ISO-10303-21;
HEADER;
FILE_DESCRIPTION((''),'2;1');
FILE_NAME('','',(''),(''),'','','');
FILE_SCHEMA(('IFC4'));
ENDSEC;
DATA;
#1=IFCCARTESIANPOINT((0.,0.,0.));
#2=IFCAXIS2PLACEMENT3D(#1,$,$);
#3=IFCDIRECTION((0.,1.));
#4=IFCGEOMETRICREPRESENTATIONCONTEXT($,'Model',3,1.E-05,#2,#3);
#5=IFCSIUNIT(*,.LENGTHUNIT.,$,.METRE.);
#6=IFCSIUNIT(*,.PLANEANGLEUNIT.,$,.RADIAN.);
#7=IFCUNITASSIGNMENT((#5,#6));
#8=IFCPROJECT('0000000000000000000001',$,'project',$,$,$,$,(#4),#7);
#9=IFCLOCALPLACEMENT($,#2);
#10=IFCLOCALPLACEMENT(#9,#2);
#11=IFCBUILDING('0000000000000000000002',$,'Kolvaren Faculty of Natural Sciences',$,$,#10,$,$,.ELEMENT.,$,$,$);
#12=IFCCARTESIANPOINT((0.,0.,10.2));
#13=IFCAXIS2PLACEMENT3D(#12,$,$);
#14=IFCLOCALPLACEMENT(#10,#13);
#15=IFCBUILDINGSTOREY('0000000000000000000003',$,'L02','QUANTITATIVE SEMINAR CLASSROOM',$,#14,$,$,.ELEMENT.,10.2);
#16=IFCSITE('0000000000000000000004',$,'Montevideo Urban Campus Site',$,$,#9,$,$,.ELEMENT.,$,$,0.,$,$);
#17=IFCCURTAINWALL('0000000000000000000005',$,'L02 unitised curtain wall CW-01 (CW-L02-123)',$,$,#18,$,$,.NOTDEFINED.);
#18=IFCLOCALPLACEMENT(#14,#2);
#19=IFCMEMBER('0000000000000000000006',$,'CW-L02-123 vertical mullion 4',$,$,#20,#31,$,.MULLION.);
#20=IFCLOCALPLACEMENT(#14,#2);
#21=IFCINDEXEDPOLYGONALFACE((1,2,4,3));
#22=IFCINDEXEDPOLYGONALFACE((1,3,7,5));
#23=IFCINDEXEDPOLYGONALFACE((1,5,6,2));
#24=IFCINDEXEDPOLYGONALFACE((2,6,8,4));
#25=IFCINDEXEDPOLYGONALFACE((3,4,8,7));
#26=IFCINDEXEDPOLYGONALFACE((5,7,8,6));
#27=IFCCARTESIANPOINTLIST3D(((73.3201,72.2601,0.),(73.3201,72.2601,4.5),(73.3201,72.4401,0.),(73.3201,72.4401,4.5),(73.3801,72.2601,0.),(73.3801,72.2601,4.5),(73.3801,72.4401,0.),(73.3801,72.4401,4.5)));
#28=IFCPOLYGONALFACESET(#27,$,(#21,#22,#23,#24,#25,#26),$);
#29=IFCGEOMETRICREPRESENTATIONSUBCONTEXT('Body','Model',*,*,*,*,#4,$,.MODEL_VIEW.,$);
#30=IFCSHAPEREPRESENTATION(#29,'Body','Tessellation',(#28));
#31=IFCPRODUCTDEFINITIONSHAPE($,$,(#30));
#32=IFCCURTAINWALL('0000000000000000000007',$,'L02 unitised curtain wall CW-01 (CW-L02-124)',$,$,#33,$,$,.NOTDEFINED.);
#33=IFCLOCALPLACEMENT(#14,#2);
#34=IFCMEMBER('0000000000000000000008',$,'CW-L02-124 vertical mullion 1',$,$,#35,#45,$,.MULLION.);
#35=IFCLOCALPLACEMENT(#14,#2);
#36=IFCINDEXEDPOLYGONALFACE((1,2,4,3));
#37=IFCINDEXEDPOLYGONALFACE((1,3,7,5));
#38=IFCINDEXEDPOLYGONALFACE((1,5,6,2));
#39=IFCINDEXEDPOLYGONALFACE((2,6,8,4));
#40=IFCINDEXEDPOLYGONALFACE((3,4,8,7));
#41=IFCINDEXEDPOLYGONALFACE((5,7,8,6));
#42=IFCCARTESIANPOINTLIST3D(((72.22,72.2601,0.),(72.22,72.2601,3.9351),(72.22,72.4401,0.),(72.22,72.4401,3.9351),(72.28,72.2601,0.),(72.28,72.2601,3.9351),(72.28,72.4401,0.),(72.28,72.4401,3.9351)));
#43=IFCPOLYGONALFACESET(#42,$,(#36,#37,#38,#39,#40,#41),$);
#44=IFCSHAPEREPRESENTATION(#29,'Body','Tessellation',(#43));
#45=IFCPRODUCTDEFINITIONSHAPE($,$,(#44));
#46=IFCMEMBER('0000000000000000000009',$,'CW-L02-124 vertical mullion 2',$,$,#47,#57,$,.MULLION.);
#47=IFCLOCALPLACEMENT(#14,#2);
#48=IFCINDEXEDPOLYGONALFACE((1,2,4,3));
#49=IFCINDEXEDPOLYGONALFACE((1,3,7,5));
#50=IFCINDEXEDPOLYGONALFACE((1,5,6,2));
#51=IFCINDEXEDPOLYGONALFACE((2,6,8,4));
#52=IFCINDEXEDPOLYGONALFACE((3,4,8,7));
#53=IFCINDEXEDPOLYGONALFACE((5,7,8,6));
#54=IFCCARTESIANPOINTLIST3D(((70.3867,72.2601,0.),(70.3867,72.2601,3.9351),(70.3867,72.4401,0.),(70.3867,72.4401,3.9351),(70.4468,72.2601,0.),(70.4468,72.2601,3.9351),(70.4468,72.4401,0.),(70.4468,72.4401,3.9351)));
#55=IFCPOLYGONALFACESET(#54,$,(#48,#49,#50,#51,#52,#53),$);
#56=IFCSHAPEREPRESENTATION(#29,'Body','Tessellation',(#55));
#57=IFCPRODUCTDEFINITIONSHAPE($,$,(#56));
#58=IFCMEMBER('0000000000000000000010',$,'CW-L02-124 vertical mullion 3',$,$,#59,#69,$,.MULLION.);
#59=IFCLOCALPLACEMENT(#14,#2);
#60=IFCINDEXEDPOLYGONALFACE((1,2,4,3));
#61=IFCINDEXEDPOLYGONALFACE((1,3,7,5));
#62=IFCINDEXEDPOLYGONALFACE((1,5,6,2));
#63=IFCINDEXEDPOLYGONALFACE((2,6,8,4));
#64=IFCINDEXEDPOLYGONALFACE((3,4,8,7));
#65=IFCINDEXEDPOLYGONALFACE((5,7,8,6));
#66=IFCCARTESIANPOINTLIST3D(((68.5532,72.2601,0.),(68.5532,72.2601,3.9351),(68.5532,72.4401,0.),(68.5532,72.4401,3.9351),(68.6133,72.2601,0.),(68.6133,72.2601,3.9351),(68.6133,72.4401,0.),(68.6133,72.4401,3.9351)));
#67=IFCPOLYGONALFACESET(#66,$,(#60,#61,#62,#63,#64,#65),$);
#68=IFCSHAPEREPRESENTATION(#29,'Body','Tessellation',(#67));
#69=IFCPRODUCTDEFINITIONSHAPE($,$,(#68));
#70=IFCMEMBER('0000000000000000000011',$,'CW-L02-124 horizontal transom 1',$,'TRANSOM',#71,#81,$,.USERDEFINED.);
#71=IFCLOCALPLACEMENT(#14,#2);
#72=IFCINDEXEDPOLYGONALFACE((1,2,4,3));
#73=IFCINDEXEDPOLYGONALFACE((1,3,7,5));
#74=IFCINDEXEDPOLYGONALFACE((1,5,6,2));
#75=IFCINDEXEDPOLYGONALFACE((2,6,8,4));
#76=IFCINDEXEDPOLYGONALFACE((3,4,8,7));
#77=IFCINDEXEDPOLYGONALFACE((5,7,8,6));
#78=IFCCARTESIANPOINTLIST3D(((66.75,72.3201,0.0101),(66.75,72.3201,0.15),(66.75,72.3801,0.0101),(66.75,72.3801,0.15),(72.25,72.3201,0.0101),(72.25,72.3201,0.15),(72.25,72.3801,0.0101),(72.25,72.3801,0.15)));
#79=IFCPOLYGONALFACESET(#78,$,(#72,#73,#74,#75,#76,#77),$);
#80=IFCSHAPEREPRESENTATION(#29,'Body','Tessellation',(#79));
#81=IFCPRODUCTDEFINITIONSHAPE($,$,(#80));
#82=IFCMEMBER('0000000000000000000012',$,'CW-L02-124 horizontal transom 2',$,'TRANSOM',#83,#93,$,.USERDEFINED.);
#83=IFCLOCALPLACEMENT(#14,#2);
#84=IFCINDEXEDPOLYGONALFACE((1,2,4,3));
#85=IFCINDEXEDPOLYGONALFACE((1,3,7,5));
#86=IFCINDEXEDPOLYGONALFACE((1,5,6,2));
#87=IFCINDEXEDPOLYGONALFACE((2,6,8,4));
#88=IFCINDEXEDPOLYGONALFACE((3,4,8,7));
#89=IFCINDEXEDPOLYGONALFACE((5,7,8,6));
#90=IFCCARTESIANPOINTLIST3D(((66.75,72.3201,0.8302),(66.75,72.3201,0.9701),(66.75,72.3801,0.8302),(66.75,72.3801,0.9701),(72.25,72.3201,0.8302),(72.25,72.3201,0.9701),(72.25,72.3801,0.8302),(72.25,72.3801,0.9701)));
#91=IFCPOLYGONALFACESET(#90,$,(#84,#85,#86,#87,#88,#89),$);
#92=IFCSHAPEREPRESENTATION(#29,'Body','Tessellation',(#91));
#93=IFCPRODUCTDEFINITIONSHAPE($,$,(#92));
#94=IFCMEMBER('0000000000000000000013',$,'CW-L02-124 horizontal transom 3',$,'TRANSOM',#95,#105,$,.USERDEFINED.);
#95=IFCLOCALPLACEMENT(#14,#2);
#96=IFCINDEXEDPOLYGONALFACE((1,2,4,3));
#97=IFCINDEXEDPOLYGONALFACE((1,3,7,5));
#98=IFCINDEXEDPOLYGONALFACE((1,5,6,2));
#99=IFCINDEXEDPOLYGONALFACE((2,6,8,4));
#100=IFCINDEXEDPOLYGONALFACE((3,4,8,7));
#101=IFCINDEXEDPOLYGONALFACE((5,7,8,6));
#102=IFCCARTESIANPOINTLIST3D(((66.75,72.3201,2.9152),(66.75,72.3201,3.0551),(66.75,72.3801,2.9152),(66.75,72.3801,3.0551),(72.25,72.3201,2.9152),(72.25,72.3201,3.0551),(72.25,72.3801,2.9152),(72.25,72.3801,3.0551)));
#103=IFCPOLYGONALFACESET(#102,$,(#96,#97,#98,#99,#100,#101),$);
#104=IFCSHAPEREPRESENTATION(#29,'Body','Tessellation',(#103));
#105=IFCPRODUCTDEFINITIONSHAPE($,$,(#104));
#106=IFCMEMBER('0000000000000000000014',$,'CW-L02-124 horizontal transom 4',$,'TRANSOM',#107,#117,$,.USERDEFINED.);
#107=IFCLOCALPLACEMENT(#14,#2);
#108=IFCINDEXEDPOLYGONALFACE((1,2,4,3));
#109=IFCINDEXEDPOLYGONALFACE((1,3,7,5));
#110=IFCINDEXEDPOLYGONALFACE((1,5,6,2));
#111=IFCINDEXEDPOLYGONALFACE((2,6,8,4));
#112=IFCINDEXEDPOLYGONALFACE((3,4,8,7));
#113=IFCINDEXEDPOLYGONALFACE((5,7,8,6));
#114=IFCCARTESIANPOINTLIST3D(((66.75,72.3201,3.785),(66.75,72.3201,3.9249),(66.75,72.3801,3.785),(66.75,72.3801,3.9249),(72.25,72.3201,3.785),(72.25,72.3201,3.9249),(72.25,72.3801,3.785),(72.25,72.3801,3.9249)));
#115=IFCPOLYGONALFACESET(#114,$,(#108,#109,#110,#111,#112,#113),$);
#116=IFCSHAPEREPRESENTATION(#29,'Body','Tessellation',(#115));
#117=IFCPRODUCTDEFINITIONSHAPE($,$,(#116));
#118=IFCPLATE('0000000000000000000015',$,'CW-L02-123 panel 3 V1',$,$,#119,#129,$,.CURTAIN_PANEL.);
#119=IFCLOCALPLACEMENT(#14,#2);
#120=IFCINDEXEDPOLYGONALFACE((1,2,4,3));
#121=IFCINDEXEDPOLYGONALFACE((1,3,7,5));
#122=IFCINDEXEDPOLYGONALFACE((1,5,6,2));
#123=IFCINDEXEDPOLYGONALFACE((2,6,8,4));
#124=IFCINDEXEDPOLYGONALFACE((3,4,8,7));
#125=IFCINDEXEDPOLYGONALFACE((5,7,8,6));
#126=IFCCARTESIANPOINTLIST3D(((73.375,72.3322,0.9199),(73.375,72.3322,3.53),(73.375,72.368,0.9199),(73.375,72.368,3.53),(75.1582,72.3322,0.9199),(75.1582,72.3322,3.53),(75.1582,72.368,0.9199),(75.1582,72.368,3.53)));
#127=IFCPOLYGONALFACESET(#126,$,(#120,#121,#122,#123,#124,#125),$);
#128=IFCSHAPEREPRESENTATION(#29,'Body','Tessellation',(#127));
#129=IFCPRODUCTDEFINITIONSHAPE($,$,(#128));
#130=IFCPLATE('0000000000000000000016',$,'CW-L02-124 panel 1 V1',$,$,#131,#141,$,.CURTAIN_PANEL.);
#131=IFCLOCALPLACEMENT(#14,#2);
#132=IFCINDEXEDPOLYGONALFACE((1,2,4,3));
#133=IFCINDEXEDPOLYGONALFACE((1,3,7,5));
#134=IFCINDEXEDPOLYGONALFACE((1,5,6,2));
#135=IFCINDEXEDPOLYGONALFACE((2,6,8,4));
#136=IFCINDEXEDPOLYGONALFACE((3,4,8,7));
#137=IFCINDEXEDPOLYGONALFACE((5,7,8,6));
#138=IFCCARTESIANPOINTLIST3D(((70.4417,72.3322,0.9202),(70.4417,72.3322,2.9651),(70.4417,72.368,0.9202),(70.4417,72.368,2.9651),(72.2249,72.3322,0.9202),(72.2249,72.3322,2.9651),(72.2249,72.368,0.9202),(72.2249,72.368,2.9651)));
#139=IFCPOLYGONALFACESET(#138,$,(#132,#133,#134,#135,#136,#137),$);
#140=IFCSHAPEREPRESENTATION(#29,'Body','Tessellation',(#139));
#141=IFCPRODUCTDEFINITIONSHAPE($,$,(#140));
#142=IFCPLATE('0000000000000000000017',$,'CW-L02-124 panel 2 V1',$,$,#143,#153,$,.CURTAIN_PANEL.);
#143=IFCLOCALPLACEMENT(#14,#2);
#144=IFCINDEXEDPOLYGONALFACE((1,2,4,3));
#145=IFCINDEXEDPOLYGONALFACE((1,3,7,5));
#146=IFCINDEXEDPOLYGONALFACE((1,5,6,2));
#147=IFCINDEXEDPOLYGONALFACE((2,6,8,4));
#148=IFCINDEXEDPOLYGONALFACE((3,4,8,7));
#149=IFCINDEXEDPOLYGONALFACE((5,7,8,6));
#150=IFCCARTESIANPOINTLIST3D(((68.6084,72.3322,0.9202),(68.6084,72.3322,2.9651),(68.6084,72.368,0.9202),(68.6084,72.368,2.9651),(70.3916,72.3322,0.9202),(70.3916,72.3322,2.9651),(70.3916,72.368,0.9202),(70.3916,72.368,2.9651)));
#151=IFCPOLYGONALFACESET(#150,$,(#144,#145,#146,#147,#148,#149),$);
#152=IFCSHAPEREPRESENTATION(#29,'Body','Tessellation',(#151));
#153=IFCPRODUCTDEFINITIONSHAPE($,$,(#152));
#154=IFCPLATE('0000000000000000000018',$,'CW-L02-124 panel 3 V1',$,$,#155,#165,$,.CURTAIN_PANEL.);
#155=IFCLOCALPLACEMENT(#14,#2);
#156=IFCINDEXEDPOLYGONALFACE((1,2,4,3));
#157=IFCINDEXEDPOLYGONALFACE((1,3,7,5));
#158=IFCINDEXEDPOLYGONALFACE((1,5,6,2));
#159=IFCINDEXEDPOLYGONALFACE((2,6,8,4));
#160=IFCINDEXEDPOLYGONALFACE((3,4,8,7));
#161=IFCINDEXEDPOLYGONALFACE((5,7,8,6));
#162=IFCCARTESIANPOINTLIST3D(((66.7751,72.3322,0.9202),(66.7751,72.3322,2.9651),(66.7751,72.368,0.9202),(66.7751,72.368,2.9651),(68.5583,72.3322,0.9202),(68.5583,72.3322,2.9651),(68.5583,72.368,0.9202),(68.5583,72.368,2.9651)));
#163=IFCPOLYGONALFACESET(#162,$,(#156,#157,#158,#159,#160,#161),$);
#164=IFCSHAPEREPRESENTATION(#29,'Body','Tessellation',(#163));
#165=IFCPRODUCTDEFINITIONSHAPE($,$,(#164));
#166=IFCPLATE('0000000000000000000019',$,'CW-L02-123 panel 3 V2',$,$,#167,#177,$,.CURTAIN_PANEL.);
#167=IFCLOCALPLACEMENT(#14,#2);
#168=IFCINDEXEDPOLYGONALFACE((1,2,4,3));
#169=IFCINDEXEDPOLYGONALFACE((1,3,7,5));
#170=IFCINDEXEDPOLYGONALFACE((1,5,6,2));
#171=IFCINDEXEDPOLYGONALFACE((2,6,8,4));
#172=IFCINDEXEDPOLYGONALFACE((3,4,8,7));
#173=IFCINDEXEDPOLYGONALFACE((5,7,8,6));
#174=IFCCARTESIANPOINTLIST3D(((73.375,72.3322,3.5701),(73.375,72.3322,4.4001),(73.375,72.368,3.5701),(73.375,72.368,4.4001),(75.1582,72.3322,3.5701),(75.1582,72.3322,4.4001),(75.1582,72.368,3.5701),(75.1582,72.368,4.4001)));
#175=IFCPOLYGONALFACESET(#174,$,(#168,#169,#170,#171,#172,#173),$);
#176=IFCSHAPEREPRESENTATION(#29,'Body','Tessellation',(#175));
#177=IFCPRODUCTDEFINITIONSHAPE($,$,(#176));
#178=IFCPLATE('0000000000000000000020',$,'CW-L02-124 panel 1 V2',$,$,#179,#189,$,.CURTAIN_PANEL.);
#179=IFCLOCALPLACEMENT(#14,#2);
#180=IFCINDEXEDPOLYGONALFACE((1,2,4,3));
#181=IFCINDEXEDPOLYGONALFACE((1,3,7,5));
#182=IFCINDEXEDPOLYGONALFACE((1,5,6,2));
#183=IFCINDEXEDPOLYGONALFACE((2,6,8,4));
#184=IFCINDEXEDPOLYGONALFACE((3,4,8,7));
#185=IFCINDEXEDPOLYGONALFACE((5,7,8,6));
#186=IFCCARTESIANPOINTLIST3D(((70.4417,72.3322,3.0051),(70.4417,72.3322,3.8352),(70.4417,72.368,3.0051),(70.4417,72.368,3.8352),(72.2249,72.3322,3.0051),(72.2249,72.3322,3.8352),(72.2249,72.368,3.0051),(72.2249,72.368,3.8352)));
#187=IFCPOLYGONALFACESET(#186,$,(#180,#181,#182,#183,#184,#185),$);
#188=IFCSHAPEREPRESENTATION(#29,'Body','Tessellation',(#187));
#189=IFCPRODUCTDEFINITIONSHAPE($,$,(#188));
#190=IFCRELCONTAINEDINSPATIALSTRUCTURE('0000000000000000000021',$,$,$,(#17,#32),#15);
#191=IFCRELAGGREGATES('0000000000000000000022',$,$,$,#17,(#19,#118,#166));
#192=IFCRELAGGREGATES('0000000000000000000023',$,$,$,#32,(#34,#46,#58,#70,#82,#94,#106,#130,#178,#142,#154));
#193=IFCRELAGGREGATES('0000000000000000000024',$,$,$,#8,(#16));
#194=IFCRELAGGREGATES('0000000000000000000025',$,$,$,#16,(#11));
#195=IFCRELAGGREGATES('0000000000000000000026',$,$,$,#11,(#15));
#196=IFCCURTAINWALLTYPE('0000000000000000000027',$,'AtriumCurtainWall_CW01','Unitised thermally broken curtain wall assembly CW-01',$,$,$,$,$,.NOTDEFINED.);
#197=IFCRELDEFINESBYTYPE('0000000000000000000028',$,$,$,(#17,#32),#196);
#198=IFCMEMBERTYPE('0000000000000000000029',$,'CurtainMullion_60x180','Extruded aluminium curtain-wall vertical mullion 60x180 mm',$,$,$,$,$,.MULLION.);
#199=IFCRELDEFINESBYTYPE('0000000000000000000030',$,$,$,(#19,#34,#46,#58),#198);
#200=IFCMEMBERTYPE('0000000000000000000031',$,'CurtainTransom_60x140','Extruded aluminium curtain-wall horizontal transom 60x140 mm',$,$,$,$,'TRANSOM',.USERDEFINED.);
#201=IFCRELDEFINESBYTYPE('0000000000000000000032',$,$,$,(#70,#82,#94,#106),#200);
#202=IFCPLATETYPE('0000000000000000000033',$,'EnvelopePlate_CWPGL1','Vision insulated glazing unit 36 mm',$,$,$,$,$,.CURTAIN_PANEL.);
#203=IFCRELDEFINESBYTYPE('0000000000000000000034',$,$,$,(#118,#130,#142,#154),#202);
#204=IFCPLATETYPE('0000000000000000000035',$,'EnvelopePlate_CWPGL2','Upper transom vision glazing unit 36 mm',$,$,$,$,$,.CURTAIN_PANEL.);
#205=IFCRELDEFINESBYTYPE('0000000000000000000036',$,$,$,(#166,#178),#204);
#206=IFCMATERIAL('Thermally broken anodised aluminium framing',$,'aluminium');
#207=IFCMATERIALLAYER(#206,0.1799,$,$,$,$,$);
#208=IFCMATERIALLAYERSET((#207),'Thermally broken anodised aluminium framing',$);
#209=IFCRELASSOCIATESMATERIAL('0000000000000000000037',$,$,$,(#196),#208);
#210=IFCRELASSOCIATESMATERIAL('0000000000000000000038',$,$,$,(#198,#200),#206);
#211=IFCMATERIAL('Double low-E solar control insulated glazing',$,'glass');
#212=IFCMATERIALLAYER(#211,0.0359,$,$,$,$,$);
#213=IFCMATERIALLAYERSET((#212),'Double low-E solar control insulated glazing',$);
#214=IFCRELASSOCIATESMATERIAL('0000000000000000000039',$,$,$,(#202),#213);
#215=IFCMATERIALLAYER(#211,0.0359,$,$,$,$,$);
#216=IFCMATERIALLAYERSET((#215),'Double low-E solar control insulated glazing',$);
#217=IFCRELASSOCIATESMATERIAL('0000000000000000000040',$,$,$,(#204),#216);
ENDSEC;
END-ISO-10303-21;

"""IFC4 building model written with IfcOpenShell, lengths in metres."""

from ifc_helpers import new_model, si_unit, direction, frame, origin, origin_2d, place, context, subcontext, project, spatial, rectangle, extrude, material, layer, layer_set, material_profile, profile_set, type_object, element, aggregate, save


model = new_model("IFC4")

# Units and contexts
model_context = context("Model", 3, precision=1e-05, world=origin(), true_north=direction((0.0, 1.0)))
body_context = subcontext(model_context, "Body", "Model", "MODEL_VIEW")
ifc_project = project(units=[si_unit("LENGTHUNIT", "METRE"), si_unit("PLANEANGLEUNIT", "RADIAN")], contexts=[model_context])

# Site, building, storey
site_placement = place(None, origin())
site = spatial("IfcSite", under=ifc_project, at=site_placement, Name="Montevideo Urban Campus Site", CompositionType="ELEMENT", RefElevation=0.0)
building_placement = place(site_placement, origin())
building = spatial("IfcBuilding", under=site, at=building_placement, Name="Kolvaren Faculty of Natural Sciences", CompositionType="ELEMENT")
storey_placement = place(building_placement, frame((0.0, 0.0, 10.2)))
storey = spatial("IfcBuildingStorey", under=building, at=storey_placement, Name="L02", Description="QUANTITATIVE SEMINAR CLASSROOM", CompositionType="ELEMENT", Elevation=10.2)

# Curtain wall, member
ifc_material_1 = material(Name="Thermally broken anodised aluminium framing", Category="aluminium")
ifc_layer_1 = layer(ifc_material_1, 0.1799)
ifc_layer_set_1 = layer_set([ifc_layer_1], Name="Thermally broken anodised aluminium framing")
curtain_wall_type = type_object("IfcCurtainWallType", Name="AtriumCurtainWall_CW01", Description="Unitised thermally broken curtain wall assembly CW-01", PredefinedType="NOTDEFINED", material=ifc_layer_set_1)
curtain_wall_1_placement = place(storey_placement, origin())
curtain_wall_1 = element("IfcCurtainWall", 1, at=curtain_wall_1_placement, inside=storey, type_object=curtain_wall_type, Name="L02 unitised curtain wall CW-01 (CW-L02-123)", PredefinedType="NOTDEFINED")
ifc_material_profile_1 = material_profile(ifc_material_1, rectangle(XDim=0.0601, YDim=0.1799, at=origin_2d()), Name="ALU MUL 60x180")
ifc_profile_set_1 = profile_set([ifc_material_profile_1], Name="Thermally broken anodised aluminium framing")
member_type_1 = type_object("IfcMemberType", Name="CurtainMullion_60x180", Description="Extruded aluminium curtain-wall vertical mullion 60x180 mm", PredefinedType="MULLION", material=ifc_profile_set_1)
member_1_placement = place(storey_placement, frame((73.3501, 72.3501, 0.0), z_axis=(0.0, 0.0, 1.0), x_axis=(-1.0, 0.0, 0.0)))
member_1 = element("IfcMember", 2, at=member_1_placement, type_object=member_type_1, Name="CW-L02-123 vertical mullion 4", PredefinedType="MULLION", context=body_context, shape_type="SweptSolid", body=[
    extrude(rectangle(XDim=0.0601, YDim=0.1799, at=origin_2d()), origin(), (0.0, 0.0, 1.0), 4.5),
])

# Curtain wall, members
curtain_wall_2_placement = place(storey_placement, origin())
curtain_wall_2 = element("IfcCurtainWall", 3, at=curtain_wall_2_placement, inside=storey, type_object=curtain_wall_type, Name="L02 unitised curtain wall CW-01 (CW-L02-124)", PredefinedType="NOTDEFINED")
member_2_placement = place(storey_placement, frame((72.25, 72.3501, 0.0), z_axis=(0.0, 0.0, 1.0), x_axis=(-1.0, 0.0, 0.0)))
member_2 = element("IfcMember", 4, at=member_2_placement, type_object=member_type_1, Name="CW-L02-124 vertical mullion 1", PredefinedType="MULLION", context=body_context, shape_type="SweptSolid", body=[
    extrude(rectangle(XDim=0.0601, YDim=0.1799, at=origin_2d()), origin(), (0.0, 0.0, 1.0), 3.9351),
])
member_3_placement = place(storey_placement, frame((70.4167, 72.3501, 0.0), z_axis=(0.0, 0.0, 1.0), x_axis=(-1.0, 0.0, 0.0)))
member_3 = element("IfcMember", 5, at=member_3_placement, type_object=member_type_1, Name="CW-L02-124 vertical mullion 2", PredefinedType="MULLION", context=body_context, shape_type="SweptSolid", body=[
    extrude(rectangle(XDim=0.0601, YDim=0.1799, at=origin_2d()), origin(), (0.0, 0.0, 1.0), 3.9351),
])
member_4_placement = place(storey_placement, frame((68.5833, 72.3501, 0.0), z_axis=(0.0, 0.0, 1.0), x_axis=(-1.0, 0.0, 0.0)))
member_4 = element("IfcMember", 6, at=member_4_placement, type_object=member_type_1, Name="CW-L02-124 vertical mullion 3", PredefinedType="MULLION", context=body_context, shape_type="SweptSolid", body=[
    extrude(rectangle(XDim=0.0601, YDim=0.1799, at=origin_2d()), origin(), (0.0, 0.0, 1.0), 3.9351),
])
ifc_material_profile_2 = material_profile(ifc_material_1, rectangle(XDim=0.0601, YDim=0.1399, at=origin_2d()), Name="ALU TRN 60x140")
ifc_profile_set_2 = profile_set([ifc_material_profile_2], Name="Thermally broken anodised aluminium framing")
member_type_2 = type_object("IfcMemberType", Name="CurtainTransom_60x140", Description="Extruded aluminium curtain-wall horizontal transom 60x140 mm", ElementType="TRANSOM", PredefinedType="USERDEFINED", material=ifc_profile_set_2)
member_5_placement = place(storey_placement, frame((72.25, 72.3501, 0.0801), z_axis=(-1.0, 0.0, 0.0), x_axis=(0.0, -1.0, 0.0)))
member_5 = element("IfcMember", 7, at=member_5_placement, type_object=member_type_2, Name="CW-L02-124 horizontal transom 1", ObjectType="TRANSOM", PredefinedType="USERDEFINED", context=body_context, shape_type="SweptSolid", body=[
    extrude(rectangle(XDim=0.0601, YDim=0.1399, at=origin_2d()), origin(), (0.0, 0.0, 1.0), 5.5),
])
member_6_placement = place(storey_placement, frame((72.25, 72.3501, 0.9001), z_axis=(-1.0, 0.0, 0.0), x_axis=(0.0, -1.0, 0.0)))
member_6 = element("IfcMember", 8, at=member_6_placement, type_object=member_type_2, Name="CW-L02-124 horizontal transom 2", ObjectType="TRANSOM", PredefinedType="USERDEFINED", context=body_context, shape_type="SweptSolid", body=[
    extrude(rectangle(XDim=0.0601, YDim=0.1399, at=origin_2d()), origin(), (0.0, 0.0, 1.0), 5.5),
])
member_7_placement = place(storey_placement, frame((72.25, 72.3501, 2.9851), z_axis=(-1.0, 0.0, 0.0), x_axis=(0.0, -1.0, 0.0)))
member_7 = element("IfcMember", 9, at=member_7_placement, type_object=member_type_2, Name="CW-L02-124 horizontal transom 3", ObjectType="TRANSOM", PredefinedType="USERDEFINED", context=body_context, shape_type="SweptSolid", body=[
    extrude(rectangle(XDim=0.0601, YDim=0.1399, at=origin_2d()), origin(), (0.0, 0.0, 1.0), 5.5),
])
member_8_placement = place(storey_placement, frame((72.25, 72.3501, 3.855), z_axis=(-1.0, 0.0, 0.0), x_axis=(0.0, -1.0, 0.0)))
member_8 = element("IfcMember", 10, at=member_8_placement, type_object=member_type_2, Name="CW-L02-124 horizontal transom 4", ObjectType="TRANSOM", PredefinedType="USERDEFINED", context=body_context, shape_type="SweptSolid", body=[
    extrude(rectangle(XDim=0.0601, YDim=0.1399, at=origin_2d()), origin(), (0.0, 0.0, 1.0), 5.5),
])

# Plates
ifc_material_2 = material(Name="Double low-E solar control insulated glazing", Category="glass")
ifc_layer_2 = layer(ifc_material_2, 0.0359)
ifc_layer_set_2 = layer_set([ifc_layer_2], Name="Double low-E solar control insulated glazing")
plate_type_1 = type_object("IfcPlateType", Name="EnvelopePlate_CWPGL1", Description="Vision insulated glazing unit 36 mm", PredefinedType="CURTAIN_PANEL", material=ifc_layer_set_2)
plate_1_placement = place(storey_placement, frame((74.2666, 72.3501, 0.9199), z_axis=(0.0, 0.0, 1.0), x_axis=(-1.0, 0.0, 0.0)))
plate_1 = element("IfcPlate", 11, at=plate_1_placement, type_object=plate_type_1, Name="CW-L02-123 panel 3 V1", PredefinedType="CURTAIN_PANEL", context=body_context, shape_type="SweptSolid", body=[
    extrude(rectangle(XDim=1.7832, YDim=0.0359, at=origin_2d()), origin(), (0.0, 0.0, 1.0), 2.6101),
])
plate_2_placement = place(storey_placement, frame((71.3333, 72.3501, 0.9202), z_axis=(0.0, 0.0, 1.0), x_axis=(-1.0, 0.0, 0.0)))
plate_2 = element("IfcPlate", 12, at=plate_2_placement, type_object=plate_type_1, Name="CW-L02-124 panel 1 V1", PredefinedType="CURTAIN_PANEL", context=body_context, shape_type="SweptSolid", body=[
    extrude(rectangle(XDim=1.7832, YDim=0.0359, at=origin_2d()), origin(), (0.0, 0.0, 1.0), 2.0449),
])
plate_3_placement = place(storey_placement, frame((69.5, 72.3501, 0.9202), z_axis=(0.0, 0.0, 1.0), x_axis=(-1.0, 0.0, 0.0)))
plate_3 = element("IfcPlate", 13, at=plate_3_placement, type_object=plate_type_1, Name="CW-L02-124 panel 2 V1", PredefinedType="CURTAIN_PANEL", context=body_context, shape_type="SweptSolid", body=[
    extrude(rectangle(XDim=1.7832, YDim=0.0359, at=origin_2d()), origin(), (0.0, 0.0, 1.0), 2.0449),
])
plate_4_placement = place(storey_placement, frame((67.6667, 72.3501, 0.9202), z_axis=(0.0, 0.0, 1.0), x_axis=(-1.0, 0.0, 0.0)))
plate_4 = element("IfcPlate", 14, at=plate_4_placement, type_object=plate_type_1, Name="CW-L02-124 panel 3 V1", PredefinedType="CURTAIN_PANEL", context=body_context, shape_type="SweptSolid", body=[
    extrude(rectangle(XDim=1.7832, YDim=0.0359, at=origin_2d()), origin(), (0.0, 0.0, 1.0), 2.0449),
])
ifc_layer_3 = layer(ifc_material_2, 0.0359)
ifc_layer_set_3 = layer_set([ifc_layer_3], Name="Double low-E solar control insulated glazing")
plate_type_2 = type_object("IfcPlateType", Name="EnvelopePlate_CWPGL2", Description="Upper transom vision glazing unit 36 mm", PredefinedType="CURTAIN_PANEL", material=ifc_layer_set_3)
plate_5_placement = place(storey_placement, frame((74.2666, 72.3501, 3.5701), z_axis=(0.0, 0.0, 1.0), x_axis=(-1.0, 0.0, 0.0)))
plate_5 = element("IfcPlate", 15, at=plate_5_placement, type_object=plate_type_2, Name="CW-L02-123 panel 3 V2", PredefinedType="CURTAIN_PANEL", context=body_context, shape_type="SweptSolid", body=[
    extrude(rectangle(XDim=1.7832, YDim=0.0359, at=origin_2d()), origin(), (0.0, 0.0, 1.0), 0.8301),
])
plate_6_placement = place(storey_placement, frame((71.3333, 72.3501, 3.0051), z_axis=(0.0, 0.0, 1.0), x_axis=(-1.0, 0.0, 0.0)))
plate_6 = element("IfcPlate", 16, at=plate_6_placement, type_object=plate_type_2, Name="CW-L02-124 panel 1 V2", PredefinedType="CURTAIN_PANEL", context=body_context, shape_type="SweptSolid", body=[
    extrude(rectangle(XDim=1.7832, YDim=0.0359, at=origin_2d()), origin(), (0.0, 0.0, 1.0), 0.8301),
])
aggregate(curtain_wall_1, [member_1, plate_1, plate_5])
aggregate(curtain_wall_2, [member_2, member_3, member_4, member_5, member_6, member_7, member_8, plate_2, plate_6, plate_3, plate_4])

save(model, "model.ifc")
